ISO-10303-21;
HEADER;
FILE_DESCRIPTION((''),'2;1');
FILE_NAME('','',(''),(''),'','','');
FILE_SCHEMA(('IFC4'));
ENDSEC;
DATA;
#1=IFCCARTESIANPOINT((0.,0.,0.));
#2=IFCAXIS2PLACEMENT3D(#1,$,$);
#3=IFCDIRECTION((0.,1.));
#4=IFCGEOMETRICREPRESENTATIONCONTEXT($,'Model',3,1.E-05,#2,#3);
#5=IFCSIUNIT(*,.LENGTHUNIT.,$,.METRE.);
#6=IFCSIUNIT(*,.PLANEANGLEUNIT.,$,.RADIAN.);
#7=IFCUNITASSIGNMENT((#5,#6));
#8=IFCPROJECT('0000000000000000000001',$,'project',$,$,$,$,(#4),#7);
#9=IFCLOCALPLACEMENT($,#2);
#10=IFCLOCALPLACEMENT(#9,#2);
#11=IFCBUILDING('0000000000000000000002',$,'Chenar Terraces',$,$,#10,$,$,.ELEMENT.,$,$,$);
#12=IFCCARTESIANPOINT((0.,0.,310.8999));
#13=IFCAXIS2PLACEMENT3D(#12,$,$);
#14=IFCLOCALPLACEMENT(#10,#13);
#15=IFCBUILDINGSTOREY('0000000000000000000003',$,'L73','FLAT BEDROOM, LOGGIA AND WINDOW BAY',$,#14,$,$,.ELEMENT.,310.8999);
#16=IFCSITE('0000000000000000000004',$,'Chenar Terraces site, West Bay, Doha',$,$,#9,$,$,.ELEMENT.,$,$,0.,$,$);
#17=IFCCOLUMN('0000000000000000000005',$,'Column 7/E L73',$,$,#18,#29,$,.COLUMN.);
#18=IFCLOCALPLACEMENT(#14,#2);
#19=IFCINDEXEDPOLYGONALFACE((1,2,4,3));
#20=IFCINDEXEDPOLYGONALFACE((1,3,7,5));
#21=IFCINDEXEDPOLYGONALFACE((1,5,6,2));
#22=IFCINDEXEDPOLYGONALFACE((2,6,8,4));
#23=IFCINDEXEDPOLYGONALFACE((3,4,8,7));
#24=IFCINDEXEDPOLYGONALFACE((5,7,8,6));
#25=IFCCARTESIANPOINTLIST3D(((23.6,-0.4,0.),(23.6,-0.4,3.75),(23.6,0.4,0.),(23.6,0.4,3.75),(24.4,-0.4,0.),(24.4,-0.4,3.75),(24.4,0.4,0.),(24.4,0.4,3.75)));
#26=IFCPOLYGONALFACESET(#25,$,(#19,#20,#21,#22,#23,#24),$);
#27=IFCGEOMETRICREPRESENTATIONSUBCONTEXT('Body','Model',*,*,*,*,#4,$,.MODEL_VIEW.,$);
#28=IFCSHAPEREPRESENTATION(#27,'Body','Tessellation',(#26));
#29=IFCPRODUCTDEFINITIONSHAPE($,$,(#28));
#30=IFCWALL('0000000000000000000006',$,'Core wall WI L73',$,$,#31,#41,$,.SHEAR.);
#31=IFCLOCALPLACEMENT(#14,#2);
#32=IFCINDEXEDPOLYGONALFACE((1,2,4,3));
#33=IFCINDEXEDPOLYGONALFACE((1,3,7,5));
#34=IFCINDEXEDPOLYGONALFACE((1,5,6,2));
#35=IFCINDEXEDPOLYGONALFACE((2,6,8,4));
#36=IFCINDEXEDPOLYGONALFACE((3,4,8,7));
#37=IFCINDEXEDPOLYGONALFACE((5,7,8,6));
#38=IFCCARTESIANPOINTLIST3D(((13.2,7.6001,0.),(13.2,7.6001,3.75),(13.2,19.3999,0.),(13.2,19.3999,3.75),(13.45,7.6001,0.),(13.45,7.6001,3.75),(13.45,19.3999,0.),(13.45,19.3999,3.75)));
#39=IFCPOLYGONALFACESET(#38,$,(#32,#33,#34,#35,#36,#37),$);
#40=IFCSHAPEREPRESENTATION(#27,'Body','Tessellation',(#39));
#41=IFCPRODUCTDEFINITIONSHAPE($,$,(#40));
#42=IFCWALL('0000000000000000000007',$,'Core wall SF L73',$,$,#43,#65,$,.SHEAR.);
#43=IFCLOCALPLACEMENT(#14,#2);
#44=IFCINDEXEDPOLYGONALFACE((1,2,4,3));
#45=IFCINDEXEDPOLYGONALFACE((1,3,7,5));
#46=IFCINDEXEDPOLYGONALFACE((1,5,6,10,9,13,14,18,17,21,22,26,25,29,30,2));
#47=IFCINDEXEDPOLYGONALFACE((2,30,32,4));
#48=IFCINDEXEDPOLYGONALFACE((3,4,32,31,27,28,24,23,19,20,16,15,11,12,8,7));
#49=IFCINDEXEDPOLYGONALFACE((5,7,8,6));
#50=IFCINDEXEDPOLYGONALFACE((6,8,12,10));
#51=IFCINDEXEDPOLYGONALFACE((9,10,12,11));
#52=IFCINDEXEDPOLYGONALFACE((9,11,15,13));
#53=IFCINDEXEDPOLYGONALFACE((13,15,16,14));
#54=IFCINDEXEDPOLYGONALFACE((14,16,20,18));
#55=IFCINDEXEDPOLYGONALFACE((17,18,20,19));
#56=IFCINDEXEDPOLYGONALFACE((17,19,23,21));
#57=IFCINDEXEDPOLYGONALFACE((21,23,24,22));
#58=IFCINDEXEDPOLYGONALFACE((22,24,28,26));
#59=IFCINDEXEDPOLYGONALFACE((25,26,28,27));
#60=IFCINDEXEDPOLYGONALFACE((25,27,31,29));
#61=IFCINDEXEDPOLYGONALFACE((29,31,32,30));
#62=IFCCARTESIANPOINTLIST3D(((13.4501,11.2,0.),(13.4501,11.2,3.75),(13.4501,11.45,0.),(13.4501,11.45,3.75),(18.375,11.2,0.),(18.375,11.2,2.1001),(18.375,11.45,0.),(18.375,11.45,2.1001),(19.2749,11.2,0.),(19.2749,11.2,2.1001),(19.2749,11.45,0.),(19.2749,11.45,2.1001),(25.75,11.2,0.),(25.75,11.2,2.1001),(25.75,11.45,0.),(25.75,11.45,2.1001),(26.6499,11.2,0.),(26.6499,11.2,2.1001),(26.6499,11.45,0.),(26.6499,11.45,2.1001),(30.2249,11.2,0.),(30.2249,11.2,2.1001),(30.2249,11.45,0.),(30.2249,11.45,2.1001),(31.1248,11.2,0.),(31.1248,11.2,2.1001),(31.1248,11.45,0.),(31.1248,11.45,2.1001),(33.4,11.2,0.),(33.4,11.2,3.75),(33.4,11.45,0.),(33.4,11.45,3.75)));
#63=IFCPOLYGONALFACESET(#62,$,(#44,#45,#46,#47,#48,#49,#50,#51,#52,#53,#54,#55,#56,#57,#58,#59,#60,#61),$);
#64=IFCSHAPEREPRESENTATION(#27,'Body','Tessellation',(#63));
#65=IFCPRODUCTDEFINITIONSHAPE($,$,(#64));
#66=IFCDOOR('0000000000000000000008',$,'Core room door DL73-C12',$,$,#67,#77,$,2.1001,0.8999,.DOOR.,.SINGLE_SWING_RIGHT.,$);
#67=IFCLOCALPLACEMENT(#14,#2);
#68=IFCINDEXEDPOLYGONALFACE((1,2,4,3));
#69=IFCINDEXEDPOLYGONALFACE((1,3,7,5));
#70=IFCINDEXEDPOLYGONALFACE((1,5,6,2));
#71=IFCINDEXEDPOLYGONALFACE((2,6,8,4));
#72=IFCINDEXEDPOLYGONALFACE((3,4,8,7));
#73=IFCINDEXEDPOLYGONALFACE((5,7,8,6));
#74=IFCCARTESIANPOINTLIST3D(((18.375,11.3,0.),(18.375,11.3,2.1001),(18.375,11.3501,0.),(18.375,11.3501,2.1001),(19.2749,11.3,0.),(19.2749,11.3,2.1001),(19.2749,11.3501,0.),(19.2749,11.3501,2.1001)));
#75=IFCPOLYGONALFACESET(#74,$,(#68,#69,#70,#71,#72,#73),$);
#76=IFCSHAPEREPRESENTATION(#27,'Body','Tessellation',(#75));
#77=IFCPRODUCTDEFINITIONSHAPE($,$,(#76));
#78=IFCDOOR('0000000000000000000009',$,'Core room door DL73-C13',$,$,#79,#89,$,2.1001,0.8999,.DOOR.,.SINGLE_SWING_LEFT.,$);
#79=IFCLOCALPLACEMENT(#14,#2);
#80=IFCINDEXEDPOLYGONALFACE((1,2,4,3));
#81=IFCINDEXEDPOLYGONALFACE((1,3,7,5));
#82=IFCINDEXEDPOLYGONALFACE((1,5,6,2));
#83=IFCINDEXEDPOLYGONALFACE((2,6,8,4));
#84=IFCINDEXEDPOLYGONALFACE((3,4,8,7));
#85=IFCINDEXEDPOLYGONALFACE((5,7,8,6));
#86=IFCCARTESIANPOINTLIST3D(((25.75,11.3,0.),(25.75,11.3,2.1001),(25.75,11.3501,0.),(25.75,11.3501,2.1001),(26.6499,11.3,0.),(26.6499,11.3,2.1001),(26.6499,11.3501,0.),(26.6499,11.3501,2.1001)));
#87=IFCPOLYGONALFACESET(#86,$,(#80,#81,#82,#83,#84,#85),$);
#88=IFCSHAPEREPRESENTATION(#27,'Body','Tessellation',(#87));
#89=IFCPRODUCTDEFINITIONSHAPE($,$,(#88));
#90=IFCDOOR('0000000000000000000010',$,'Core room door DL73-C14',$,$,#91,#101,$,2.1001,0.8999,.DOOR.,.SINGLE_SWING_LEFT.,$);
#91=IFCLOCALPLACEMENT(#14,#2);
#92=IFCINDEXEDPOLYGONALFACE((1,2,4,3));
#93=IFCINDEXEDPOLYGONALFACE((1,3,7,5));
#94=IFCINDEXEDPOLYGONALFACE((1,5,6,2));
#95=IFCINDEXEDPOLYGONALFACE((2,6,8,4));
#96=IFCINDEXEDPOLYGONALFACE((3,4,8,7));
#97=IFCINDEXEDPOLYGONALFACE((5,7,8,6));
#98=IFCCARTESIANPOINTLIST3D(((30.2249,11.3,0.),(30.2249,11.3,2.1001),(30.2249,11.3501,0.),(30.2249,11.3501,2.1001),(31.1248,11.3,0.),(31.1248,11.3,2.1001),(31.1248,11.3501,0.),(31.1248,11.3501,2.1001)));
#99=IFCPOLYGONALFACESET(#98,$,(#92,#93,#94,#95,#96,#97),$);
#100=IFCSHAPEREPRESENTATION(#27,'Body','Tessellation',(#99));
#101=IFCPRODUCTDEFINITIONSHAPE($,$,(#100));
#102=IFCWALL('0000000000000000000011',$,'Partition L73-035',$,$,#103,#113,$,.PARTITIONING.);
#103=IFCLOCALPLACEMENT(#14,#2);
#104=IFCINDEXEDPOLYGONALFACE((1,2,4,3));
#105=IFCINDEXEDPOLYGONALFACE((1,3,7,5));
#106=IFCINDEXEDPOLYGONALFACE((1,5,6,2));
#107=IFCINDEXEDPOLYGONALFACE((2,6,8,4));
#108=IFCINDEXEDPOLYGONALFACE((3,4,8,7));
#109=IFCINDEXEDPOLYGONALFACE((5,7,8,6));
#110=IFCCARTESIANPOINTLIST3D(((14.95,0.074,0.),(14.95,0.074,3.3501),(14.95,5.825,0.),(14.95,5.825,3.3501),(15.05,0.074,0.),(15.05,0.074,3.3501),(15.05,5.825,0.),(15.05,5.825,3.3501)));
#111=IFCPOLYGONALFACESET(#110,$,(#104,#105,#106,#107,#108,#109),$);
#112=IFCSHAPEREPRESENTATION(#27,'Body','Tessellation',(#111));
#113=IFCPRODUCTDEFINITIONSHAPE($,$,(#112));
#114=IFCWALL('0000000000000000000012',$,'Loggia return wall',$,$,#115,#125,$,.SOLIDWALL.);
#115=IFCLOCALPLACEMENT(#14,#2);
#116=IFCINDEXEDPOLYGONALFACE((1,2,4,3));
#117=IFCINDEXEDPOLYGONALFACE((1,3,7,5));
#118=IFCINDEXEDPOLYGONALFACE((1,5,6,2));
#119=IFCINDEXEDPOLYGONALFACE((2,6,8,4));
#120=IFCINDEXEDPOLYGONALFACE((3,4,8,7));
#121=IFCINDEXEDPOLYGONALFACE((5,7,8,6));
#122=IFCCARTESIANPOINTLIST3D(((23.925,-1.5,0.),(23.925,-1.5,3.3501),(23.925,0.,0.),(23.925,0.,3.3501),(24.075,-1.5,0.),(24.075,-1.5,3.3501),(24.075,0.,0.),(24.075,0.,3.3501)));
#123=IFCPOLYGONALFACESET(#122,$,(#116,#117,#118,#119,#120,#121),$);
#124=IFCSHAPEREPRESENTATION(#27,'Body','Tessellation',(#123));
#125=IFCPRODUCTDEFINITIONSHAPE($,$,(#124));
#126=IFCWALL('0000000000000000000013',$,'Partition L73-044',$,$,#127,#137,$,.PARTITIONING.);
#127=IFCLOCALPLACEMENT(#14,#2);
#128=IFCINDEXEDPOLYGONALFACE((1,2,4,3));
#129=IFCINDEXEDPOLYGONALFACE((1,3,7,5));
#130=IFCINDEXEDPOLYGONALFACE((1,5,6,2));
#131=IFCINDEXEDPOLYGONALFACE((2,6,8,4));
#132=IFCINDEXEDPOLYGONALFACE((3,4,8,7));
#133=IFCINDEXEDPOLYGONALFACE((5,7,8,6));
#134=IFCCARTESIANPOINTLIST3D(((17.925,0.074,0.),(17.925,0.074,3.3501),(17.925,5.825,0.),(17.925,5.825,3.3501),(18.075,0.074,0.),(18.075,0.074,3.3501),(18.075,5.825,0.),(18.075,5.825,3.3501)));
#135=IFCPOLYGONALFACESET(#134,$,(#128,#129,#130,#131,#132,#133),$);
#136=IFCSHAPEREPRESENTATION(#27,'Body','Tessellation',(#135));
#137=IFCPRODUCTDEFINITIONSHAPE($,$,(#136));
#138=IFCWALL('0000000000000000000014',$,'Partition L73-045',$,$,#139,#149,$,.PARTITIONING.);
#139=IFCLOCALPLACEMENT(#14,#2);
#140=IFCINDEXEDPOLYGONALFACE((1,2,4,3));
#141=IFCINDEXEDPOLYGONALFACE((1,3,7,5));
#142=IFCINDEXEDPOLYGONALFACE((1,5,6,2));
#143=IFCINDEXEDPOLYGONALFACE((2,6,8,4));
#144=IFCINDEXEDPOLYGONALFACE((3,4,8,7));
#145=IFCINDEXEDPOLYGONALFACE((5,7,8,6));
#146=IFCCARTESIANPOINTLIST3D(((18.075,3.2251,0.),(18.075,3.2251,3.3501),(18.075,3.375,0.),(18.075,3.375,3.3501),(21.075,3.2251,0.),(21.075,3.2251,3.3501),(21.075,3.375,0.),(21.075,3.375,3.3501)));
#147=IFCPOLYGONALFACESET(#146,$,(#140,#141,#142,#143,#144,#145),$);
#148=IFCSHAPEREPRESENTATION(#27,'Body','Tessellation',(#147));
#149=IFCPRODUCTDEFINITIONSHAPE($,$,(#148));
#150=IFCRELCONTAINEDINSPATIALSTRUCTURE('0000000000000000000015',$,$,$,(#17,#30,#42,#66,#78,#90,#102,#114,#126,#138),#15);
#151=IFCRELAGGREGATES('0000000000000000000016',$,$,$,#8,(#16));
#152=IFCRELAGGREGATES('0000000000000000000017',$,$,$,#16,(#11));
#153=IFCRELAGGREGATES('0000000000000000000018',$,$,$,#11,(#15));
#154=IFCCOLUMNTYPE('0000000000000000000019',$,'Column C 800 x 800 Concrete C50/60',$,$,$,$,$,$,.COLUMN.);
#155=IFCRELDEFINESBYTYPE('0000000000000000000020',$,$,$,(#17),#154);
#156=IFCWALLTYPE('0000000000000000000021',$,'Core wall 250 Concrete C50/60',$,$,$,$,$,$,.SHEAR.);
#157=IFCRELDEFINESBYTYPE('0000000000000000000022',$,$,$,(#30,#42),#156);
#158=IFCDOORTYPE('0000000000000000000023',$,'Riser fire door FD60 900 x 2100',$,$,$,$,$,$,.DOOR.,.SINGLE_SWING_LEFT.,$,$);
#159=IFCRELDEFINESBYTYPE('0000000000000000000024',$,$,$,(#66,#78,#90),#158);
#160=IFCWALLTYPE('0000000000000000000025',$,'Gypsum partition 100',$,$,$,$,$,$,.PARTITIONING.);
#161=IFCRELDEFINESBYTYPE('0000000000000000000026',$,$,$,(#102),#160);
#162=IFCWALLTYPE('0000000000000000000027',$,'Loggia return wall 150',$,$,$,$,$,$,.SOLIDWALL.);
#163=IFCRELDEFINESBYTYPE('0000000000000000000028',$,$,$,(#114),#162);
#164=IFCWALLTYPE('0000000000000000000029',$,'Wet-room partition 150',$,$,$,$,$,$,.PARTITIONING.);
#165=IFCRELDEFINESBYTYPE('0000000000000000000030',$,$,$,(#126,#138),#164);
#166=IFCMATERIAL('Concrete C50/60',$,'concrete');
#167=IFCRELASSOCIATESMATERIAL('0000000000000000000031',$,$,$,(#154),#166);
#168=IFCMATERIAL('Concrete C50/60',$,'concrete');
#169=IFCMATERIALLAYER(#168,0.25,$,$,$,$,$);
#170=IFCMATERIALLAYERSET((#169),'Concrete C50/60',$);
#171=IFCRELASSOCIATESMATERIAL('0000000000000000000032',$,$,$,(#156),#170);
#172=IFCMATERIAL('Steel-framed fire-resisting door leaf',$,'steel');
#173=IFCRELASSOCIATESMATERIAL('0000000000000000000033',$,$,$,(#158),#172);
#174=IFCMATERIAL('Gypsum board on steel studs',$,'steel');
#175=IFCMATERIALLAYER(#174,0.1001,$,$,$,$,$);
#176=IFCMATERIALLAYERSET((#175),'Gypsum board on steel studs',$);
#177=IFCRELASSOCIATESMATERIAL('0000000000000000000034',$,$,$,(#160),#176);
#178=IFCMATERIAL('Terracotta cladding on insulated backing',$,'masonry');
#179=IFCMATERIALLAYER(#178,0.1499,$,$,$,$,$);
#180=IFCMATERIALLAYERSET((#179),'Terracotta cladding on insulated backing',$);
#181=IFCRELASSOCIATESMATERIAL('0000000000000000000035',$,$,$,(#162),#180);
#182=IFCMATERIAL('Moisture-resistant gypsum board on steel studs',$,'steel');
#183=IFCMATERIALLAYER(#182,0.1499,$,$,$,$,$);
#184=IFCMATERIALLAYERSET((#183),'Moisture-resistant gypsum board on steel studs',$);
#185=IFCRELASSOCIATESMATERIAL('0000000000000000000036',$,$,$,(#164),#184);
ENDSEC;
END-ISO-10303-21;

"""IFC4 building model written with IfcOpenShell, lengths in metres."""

from ifc_helpers import new_model, si_unit, direction, frame, frame_2d, origin, origin_2d, place, context, subcontext, project, spatial, rectangle, extrude, material, layer, layer_set, material_profile, profile_set, type_object, element, fill, save


model = new_model("IFC4")

# Units and contexts
model_context = context("Model", 3, precision=1e-05, world=origin(), true_north=direction((0.0, 1.0)))
body_context = subcontext(model_context, "Body", "Model", "MODEL_VIEW")
ifc_project = project(units=[si_unit("LENGTHUNIT", "METRE"), si_unit("PLANEANGLEUNIT", "RADIAN")], contexts=[model_context])

# Site, building, storey
site_placement = place(None, origin())
site = spatial("IfcSite", under=ifc_project, at=site_placement, Name="Chenar Terraces site, West Bay, Doha", CompositionType="ELEMENT", RefElevation=0.0)
building_placement = place(site_placement, origin())
building = spatial("IfcBuilding", under=site, at=building_placement, Name="Chenar Terraces", CompositionType="ELEMENT")
storey_placement = place(building_placement, frame((0.0, 0.0, 310.8999)))
storey = spatial("IfcBuildingStorey", under=building, at=storey_placement, Name="L73", Description="FLAT BEDROOM, LOGGIA AND WINDOW BAY", CompositionType="ELEMENT", Elevation=310.8999)

# Column
ifc_material_1 = material(Name="Concrete C50/60", Category="concrete")
ifc_material_profile_1 = material_profile(ifc_material_1, rectangle(XDim=0.8, YDim=0.8, at=origin_2d()), Name="C 800 x 800")
ifc_profile_set_1 = profile_set([ifc_material_profile_1], Name="Concrete C50/60")
column_type = type_object("IfcColumnType", Name="Column C 800 x 800 Concrete C50/60", PredefinedType="COLUMN", material=ifc_profile_set_1)
column_placement = place(storey_placement, frame((24.0, 0.0, 0.0), z_axis=(0.0, 0.0, 1.0), x_axis=(1.0, 0.0, 0.0)))
element("IfcColumn", 1, at=column_placement, inside=storey, type_object=column_type, Name="Column 7/E L73", PredefinedType="COLUMN", context=body_context, shape_type="SweptSolid", body=[
    extrude(rectangle(XDim=0.8, YDim=0.8, at=origin_2d()), origin(), (0.0, 0.0, 1.0), 3.75),
])

# Wall
ifc_material_2 = material(Name="Concrete C50/60", Category="concrete")
ifc_layer_1 = layer(ifc_material_2, 0.25)
ifc_layer_set_1 = layer_set([ifc_layer_1], Name="Concrete C50/60")
wall_type_1 = type_object("IfcWallType", Name="Core wall 250 Concrete C50/60", PredefinedType="SHEAR", material=ifc_layer_set_1)
wall_1_placement = place(storey_placement, frame((13.325, 7.6001, 0.0), z_axis=(0.0, 0.0, 1.0), x_axis=(0.0, 1.0, 0.0)))
element("IfcWall", 2, at=wall_1_placement, inside=storey, type_object=wall_type_1, Name="Core wall WI L73", PredefinedType="SHEAR", context=body_context, shape_type="SweptSolid", body=[
    extrude(rectangle(XDim=11.7998, YDim=0.25, at=frame_2d((5.8999, 0.0))), origin(), (0.0, 0.0, 1.0), 3.75),
])

# Wall, openings, doors
wall_2_placement = place(storey_placement, frame((13.45, 11.325, 0.0), z_axis=(0.0, 0.0, 1.0), x_axis=(1.0, 0.0, 0.0)))
wall_2 = element("IfcWall", 3, at=wall_2_placement, inside=storey, type_object=wall_type_1, Name="Core wall SF L73", PredefinedType="SHEAR", context=body_context, shape_type="SweptSolid", body=[
    extrude(rectangle(XDim=19.95, YDim=0.25, at=frame_2d((9.9751, 0.0))), origin(), (0.0, 0.0, 1.0), 3.75),
])
opening_1_placement = place(wall_2_placement, frame((4.925, 0.0, 0.0)))
opening_1 = element("IfcOpeningElement", 4, at=opening_1_placement, cuts=wall_2, PredefinedType="OPENING", context=body_context, shape_type="SweptSolid", body=[
    extrude(rectangle(XDim=0.8999, YDim=2.1001, at=frame_2d((0.45, 1.05))), frame((0.0, 0.135, 0.0), z_axis=(0.0, -1.0, 0.0), x_axis=(1.0, 0.0, 0.0)), (0.0, 0.0, 1.0), 0.27),
])
opening_2_placement = place(wall_2_placement, frame((12.3, 0.0, 0.0)))
opening_2 = element("IfcOpeningElement", 5, at=opening_2_placement, cuts=wall_2, PredefinedType="OPENING", context=body_context, shape_type="SweptSolid", body=[
    extrude(rectangle(XDim=0.8999, YDim=2.1001, at=frame_2d((0.45, 1.05))), frame((0.0, 0.135, 0.0), z_axis=(0.0, -1.0, 0.0), x_axis=(1.0, 0.0, 0.0)), (0.0, 0.0, 1.0), 0.27),
])
opening_3_placement = place(wall_2_placement, frame((16.7749, 0.0, 0.0)))
opening_3 = element("IfcOpeningElement", 6, at=opening_3_placement, cuts=wall_2, PredefinedType="OPENING", context=body_context, shape_type="SweptSolid", body=[
    extrude(rectangle(XDim=0.8999, YDim=2.1001, at=frame_2d((0.45, 1.05))), frame((0.0, 0.135, 0.0), z_axis=(0.0, -1.0, 0.0), x_axis=(1.0, 0.0, 0.0)), (0.0, 0.0, 1.0), 0.27),
])
ifc_material_3 = material(Name="Steel-framed fire-resisting door leaf", Category="steel")
door_type_1 = type_object("IfcDoorType", Name="Riser fire door FD60 900 x 2100", OperationType="SINGLE_SWING_LEFT", PredefinedType="DOOR", material=ifc_material_3)
door_1_placement = place(opening_1_placement, frame((0.8999, 0.0, 0.0), z_axis=(0.0, 0.0, 1.0), x_axis=(-1.0, 0.0, 0.0)))
door_1 = element("IfcDoor", 7, at=door_1_placement, inside=storey, type_object=door_type_1, Name="Core room door DL73-C12", OperationType="SINGLE_SWING_RIGHT", OverallHeight=2.1001, OverallWidth=0.8999, PredefinedType="DOOR", context=body_context, shape_type="SweptSolid", body=[
    extrude(rectangle(XDim=0.8999, YDim=2.1001, at=frame_2d((0.45, 1.05))), frame((0.0, 0.0249, 0.0), z_axis=(0.0, -1.0, 0.0), x_axis=(1.0, 0.0, 0.0)), (0.0, 0.0, 1.0), 0.05),
])
fill(opening_1, door_1)
door_2_placement = place(opening_2_placement, frame((0.8999, 0.0, 0.0), z_axis=(0.0, 0.0, 1.0), x_axis=(-1.0, 0.0, 0.0)))
door_2 = element("IfcDoor", 8, at=door_2_placement, inside=storey, type_object=door_type_1, Name="Core room door DL73-C13", OperationType="SINGLE_SWING_LEFT", OverallHeight=2.1001, OverallWidth=0.8999, PredefinedType="DOOR", context=body_context, shape_type="SweptSolid", body=[
    extrude(rectangle(XDim=0.8999, YDim=2.1001, at=frame_2d((0.45, 1.05))), frame((0.0, 0.0249, 0.0), z_axis=(0.0, -1.0, 0.0), x_axis=(1.0, 0.0, 0.0)), (0.0, 0.0, 1.0), 0.05),
])
fill(opening_2, door_2)
door_3_placement = place(opening_3_placement, frame((0.8999, 0.0, 0.0), z_axis=(0.0, 0.0, 1.0), x_axis=(-1.0, 0.0, 0.0)))
door_3 = element("IfcDoor", 9, at=door_3_placement, inside=storey, type_object=door_type_1, Name="Core room door DL73-C14", OperationType="SINGLE_SWING_LEFT", OverallHeight=2.1001, OverallWidth=0.8999, PredefinedType="DOOR", context=body_context, shape_type="SweptSolid", body=[
    extrude(rectangle(XDim=0.8999, YDim=2.1001, at=frame_2d((0.45, 1.05))), frame((0.0, 0.0249, 0.0), z_axis=(0.0, -1.0, 0.0), x_axis=(1.0, 0.0, 0.0)), (0.0, 0.0, 1.0), 0.05),
])
fill(opening_3, door_3)

# Walls
ifc_material_4 = material(Name="Gypsum board on steel studs", Category="steel")
ifc_layer_2 = layer(ifc_material_4, 0.1001)
ifc_layer_set_2 = layer_set([ifc_layer_2], Name="Gypsum board on steel studs")
wall_type_2 = type_object("IfcWallType", Name="Gypsum partition 100", PredefinedType="PARTITIONING", material=ifc_layer_set_2)
wall_3_placement = place(storey_placement, frame((15.0, 0.074, 0.0), z_axis=(0.0, 0.0, 1.0), x_axis=(0.0, 1.0, 0.0)))
element("IfcWall", 10, at=wall_3_placement, inside=storey, type_object=wall_type_2, Name="Partition L73-035", PredefinedType="PARTITIONING", context=body_context, shape_type="SweptSolid", body=[
    extrude(rectangle(XDim=5.751, YDim=0.1001, at=frame_2d((2.8755, 0.0))), origin(), (0.0, 0.0, 1.0), 3.3501),
])
ifc_material_5 = material(Name="Terracotta cladding on insulated backing", Category="masonry")
ifc_layer_3 = layer(ifc_material_5, 0.1499)
ifc_layer_set_3 = layer_set([ifc_layer_3], Name="Terracotta cladding on insulated backing")
wall_type_3 = type_object("IfcWallType", Name="Loggia return wall 150", PredefinedType="SOLIDWALL", material=ifc_layer_set_3)
wall_4_placement = place(storey_placement, frame((24.0, -1.5, 0.0), z_axis=(0.0, 0.0, 1.0), x_axis=(0.0, 1.0, 0.0)))
element("IfcWall", 11, at=wall_4_placement, inside=storey, type_object=wall_type_3, Name="Loggia return wall", PredefinedType="SOLIDWALL", context=body_context, shape_type="SweptSolid", body=[
    extrude(rectangle(XDim=1.5, YDim=0.1499, at=frame_2d((0.75, 0.0))), origin(), (0.0, 0.0, 1.0), 3.3501),
])
ifc_material_6 = material(Name="Moisture-resistant gypsum board on steel studs", Category="steel")
ifc_layer_4 = layer(ifc_material_6, 0.1499)
ifc_layer_set_4 = layer_set([ifc_layer_4], Name="Moisture-resistant gypsum board on steel studs")
wall_type_4 = type_object("IfcWallType", Name="Wet-room partition 150", PredefinedType="PARTITIONING", material=ifc_layer_set_4)
wall_5_placement = place(storey_placement, frame((18.0, 0.074, 0.0), z_axis=(0.0, 0.0, 1.0), x_axis=(0.0, 1.0, 0.0)))
element("IfcWall", 12, at=wall_5_placement, inside=storey, type_object=wall_type_4, Name="Partition L73-044", PredefinedType="PARTITIONING", context=body_context, shape_type="SweptSolid", body=[
    extrude(rectangle(XDim=5.751, YDim=0.1499, at=frame_2d((2.8755, 0.0))), origin(), (0.0, 0.0, 1.0), 3.3501),
])
wall_6_placement = place(storey_placement, frame((18.075, 3.3, 0.0), z_axis=(0.0, 0.0, 1.0), x_axis=(1.0, 0.0, 0.0)))
element("IfcWall", 13, at=wall_6_placement, inside=storey, type_object=wall_type_4, Name="Partition L73-045", PredefinedType="PARTITIONING", context=body_context, shape_type="SweptSolid", body=[
    extrude(rectangle(XDim=3.0, YDim=0.1499, at=frame_2d((1.5, 0.0))), origin(), (0.0, 0.0, 1.0), 3.3501),
])

save(model, "model.ifc")
